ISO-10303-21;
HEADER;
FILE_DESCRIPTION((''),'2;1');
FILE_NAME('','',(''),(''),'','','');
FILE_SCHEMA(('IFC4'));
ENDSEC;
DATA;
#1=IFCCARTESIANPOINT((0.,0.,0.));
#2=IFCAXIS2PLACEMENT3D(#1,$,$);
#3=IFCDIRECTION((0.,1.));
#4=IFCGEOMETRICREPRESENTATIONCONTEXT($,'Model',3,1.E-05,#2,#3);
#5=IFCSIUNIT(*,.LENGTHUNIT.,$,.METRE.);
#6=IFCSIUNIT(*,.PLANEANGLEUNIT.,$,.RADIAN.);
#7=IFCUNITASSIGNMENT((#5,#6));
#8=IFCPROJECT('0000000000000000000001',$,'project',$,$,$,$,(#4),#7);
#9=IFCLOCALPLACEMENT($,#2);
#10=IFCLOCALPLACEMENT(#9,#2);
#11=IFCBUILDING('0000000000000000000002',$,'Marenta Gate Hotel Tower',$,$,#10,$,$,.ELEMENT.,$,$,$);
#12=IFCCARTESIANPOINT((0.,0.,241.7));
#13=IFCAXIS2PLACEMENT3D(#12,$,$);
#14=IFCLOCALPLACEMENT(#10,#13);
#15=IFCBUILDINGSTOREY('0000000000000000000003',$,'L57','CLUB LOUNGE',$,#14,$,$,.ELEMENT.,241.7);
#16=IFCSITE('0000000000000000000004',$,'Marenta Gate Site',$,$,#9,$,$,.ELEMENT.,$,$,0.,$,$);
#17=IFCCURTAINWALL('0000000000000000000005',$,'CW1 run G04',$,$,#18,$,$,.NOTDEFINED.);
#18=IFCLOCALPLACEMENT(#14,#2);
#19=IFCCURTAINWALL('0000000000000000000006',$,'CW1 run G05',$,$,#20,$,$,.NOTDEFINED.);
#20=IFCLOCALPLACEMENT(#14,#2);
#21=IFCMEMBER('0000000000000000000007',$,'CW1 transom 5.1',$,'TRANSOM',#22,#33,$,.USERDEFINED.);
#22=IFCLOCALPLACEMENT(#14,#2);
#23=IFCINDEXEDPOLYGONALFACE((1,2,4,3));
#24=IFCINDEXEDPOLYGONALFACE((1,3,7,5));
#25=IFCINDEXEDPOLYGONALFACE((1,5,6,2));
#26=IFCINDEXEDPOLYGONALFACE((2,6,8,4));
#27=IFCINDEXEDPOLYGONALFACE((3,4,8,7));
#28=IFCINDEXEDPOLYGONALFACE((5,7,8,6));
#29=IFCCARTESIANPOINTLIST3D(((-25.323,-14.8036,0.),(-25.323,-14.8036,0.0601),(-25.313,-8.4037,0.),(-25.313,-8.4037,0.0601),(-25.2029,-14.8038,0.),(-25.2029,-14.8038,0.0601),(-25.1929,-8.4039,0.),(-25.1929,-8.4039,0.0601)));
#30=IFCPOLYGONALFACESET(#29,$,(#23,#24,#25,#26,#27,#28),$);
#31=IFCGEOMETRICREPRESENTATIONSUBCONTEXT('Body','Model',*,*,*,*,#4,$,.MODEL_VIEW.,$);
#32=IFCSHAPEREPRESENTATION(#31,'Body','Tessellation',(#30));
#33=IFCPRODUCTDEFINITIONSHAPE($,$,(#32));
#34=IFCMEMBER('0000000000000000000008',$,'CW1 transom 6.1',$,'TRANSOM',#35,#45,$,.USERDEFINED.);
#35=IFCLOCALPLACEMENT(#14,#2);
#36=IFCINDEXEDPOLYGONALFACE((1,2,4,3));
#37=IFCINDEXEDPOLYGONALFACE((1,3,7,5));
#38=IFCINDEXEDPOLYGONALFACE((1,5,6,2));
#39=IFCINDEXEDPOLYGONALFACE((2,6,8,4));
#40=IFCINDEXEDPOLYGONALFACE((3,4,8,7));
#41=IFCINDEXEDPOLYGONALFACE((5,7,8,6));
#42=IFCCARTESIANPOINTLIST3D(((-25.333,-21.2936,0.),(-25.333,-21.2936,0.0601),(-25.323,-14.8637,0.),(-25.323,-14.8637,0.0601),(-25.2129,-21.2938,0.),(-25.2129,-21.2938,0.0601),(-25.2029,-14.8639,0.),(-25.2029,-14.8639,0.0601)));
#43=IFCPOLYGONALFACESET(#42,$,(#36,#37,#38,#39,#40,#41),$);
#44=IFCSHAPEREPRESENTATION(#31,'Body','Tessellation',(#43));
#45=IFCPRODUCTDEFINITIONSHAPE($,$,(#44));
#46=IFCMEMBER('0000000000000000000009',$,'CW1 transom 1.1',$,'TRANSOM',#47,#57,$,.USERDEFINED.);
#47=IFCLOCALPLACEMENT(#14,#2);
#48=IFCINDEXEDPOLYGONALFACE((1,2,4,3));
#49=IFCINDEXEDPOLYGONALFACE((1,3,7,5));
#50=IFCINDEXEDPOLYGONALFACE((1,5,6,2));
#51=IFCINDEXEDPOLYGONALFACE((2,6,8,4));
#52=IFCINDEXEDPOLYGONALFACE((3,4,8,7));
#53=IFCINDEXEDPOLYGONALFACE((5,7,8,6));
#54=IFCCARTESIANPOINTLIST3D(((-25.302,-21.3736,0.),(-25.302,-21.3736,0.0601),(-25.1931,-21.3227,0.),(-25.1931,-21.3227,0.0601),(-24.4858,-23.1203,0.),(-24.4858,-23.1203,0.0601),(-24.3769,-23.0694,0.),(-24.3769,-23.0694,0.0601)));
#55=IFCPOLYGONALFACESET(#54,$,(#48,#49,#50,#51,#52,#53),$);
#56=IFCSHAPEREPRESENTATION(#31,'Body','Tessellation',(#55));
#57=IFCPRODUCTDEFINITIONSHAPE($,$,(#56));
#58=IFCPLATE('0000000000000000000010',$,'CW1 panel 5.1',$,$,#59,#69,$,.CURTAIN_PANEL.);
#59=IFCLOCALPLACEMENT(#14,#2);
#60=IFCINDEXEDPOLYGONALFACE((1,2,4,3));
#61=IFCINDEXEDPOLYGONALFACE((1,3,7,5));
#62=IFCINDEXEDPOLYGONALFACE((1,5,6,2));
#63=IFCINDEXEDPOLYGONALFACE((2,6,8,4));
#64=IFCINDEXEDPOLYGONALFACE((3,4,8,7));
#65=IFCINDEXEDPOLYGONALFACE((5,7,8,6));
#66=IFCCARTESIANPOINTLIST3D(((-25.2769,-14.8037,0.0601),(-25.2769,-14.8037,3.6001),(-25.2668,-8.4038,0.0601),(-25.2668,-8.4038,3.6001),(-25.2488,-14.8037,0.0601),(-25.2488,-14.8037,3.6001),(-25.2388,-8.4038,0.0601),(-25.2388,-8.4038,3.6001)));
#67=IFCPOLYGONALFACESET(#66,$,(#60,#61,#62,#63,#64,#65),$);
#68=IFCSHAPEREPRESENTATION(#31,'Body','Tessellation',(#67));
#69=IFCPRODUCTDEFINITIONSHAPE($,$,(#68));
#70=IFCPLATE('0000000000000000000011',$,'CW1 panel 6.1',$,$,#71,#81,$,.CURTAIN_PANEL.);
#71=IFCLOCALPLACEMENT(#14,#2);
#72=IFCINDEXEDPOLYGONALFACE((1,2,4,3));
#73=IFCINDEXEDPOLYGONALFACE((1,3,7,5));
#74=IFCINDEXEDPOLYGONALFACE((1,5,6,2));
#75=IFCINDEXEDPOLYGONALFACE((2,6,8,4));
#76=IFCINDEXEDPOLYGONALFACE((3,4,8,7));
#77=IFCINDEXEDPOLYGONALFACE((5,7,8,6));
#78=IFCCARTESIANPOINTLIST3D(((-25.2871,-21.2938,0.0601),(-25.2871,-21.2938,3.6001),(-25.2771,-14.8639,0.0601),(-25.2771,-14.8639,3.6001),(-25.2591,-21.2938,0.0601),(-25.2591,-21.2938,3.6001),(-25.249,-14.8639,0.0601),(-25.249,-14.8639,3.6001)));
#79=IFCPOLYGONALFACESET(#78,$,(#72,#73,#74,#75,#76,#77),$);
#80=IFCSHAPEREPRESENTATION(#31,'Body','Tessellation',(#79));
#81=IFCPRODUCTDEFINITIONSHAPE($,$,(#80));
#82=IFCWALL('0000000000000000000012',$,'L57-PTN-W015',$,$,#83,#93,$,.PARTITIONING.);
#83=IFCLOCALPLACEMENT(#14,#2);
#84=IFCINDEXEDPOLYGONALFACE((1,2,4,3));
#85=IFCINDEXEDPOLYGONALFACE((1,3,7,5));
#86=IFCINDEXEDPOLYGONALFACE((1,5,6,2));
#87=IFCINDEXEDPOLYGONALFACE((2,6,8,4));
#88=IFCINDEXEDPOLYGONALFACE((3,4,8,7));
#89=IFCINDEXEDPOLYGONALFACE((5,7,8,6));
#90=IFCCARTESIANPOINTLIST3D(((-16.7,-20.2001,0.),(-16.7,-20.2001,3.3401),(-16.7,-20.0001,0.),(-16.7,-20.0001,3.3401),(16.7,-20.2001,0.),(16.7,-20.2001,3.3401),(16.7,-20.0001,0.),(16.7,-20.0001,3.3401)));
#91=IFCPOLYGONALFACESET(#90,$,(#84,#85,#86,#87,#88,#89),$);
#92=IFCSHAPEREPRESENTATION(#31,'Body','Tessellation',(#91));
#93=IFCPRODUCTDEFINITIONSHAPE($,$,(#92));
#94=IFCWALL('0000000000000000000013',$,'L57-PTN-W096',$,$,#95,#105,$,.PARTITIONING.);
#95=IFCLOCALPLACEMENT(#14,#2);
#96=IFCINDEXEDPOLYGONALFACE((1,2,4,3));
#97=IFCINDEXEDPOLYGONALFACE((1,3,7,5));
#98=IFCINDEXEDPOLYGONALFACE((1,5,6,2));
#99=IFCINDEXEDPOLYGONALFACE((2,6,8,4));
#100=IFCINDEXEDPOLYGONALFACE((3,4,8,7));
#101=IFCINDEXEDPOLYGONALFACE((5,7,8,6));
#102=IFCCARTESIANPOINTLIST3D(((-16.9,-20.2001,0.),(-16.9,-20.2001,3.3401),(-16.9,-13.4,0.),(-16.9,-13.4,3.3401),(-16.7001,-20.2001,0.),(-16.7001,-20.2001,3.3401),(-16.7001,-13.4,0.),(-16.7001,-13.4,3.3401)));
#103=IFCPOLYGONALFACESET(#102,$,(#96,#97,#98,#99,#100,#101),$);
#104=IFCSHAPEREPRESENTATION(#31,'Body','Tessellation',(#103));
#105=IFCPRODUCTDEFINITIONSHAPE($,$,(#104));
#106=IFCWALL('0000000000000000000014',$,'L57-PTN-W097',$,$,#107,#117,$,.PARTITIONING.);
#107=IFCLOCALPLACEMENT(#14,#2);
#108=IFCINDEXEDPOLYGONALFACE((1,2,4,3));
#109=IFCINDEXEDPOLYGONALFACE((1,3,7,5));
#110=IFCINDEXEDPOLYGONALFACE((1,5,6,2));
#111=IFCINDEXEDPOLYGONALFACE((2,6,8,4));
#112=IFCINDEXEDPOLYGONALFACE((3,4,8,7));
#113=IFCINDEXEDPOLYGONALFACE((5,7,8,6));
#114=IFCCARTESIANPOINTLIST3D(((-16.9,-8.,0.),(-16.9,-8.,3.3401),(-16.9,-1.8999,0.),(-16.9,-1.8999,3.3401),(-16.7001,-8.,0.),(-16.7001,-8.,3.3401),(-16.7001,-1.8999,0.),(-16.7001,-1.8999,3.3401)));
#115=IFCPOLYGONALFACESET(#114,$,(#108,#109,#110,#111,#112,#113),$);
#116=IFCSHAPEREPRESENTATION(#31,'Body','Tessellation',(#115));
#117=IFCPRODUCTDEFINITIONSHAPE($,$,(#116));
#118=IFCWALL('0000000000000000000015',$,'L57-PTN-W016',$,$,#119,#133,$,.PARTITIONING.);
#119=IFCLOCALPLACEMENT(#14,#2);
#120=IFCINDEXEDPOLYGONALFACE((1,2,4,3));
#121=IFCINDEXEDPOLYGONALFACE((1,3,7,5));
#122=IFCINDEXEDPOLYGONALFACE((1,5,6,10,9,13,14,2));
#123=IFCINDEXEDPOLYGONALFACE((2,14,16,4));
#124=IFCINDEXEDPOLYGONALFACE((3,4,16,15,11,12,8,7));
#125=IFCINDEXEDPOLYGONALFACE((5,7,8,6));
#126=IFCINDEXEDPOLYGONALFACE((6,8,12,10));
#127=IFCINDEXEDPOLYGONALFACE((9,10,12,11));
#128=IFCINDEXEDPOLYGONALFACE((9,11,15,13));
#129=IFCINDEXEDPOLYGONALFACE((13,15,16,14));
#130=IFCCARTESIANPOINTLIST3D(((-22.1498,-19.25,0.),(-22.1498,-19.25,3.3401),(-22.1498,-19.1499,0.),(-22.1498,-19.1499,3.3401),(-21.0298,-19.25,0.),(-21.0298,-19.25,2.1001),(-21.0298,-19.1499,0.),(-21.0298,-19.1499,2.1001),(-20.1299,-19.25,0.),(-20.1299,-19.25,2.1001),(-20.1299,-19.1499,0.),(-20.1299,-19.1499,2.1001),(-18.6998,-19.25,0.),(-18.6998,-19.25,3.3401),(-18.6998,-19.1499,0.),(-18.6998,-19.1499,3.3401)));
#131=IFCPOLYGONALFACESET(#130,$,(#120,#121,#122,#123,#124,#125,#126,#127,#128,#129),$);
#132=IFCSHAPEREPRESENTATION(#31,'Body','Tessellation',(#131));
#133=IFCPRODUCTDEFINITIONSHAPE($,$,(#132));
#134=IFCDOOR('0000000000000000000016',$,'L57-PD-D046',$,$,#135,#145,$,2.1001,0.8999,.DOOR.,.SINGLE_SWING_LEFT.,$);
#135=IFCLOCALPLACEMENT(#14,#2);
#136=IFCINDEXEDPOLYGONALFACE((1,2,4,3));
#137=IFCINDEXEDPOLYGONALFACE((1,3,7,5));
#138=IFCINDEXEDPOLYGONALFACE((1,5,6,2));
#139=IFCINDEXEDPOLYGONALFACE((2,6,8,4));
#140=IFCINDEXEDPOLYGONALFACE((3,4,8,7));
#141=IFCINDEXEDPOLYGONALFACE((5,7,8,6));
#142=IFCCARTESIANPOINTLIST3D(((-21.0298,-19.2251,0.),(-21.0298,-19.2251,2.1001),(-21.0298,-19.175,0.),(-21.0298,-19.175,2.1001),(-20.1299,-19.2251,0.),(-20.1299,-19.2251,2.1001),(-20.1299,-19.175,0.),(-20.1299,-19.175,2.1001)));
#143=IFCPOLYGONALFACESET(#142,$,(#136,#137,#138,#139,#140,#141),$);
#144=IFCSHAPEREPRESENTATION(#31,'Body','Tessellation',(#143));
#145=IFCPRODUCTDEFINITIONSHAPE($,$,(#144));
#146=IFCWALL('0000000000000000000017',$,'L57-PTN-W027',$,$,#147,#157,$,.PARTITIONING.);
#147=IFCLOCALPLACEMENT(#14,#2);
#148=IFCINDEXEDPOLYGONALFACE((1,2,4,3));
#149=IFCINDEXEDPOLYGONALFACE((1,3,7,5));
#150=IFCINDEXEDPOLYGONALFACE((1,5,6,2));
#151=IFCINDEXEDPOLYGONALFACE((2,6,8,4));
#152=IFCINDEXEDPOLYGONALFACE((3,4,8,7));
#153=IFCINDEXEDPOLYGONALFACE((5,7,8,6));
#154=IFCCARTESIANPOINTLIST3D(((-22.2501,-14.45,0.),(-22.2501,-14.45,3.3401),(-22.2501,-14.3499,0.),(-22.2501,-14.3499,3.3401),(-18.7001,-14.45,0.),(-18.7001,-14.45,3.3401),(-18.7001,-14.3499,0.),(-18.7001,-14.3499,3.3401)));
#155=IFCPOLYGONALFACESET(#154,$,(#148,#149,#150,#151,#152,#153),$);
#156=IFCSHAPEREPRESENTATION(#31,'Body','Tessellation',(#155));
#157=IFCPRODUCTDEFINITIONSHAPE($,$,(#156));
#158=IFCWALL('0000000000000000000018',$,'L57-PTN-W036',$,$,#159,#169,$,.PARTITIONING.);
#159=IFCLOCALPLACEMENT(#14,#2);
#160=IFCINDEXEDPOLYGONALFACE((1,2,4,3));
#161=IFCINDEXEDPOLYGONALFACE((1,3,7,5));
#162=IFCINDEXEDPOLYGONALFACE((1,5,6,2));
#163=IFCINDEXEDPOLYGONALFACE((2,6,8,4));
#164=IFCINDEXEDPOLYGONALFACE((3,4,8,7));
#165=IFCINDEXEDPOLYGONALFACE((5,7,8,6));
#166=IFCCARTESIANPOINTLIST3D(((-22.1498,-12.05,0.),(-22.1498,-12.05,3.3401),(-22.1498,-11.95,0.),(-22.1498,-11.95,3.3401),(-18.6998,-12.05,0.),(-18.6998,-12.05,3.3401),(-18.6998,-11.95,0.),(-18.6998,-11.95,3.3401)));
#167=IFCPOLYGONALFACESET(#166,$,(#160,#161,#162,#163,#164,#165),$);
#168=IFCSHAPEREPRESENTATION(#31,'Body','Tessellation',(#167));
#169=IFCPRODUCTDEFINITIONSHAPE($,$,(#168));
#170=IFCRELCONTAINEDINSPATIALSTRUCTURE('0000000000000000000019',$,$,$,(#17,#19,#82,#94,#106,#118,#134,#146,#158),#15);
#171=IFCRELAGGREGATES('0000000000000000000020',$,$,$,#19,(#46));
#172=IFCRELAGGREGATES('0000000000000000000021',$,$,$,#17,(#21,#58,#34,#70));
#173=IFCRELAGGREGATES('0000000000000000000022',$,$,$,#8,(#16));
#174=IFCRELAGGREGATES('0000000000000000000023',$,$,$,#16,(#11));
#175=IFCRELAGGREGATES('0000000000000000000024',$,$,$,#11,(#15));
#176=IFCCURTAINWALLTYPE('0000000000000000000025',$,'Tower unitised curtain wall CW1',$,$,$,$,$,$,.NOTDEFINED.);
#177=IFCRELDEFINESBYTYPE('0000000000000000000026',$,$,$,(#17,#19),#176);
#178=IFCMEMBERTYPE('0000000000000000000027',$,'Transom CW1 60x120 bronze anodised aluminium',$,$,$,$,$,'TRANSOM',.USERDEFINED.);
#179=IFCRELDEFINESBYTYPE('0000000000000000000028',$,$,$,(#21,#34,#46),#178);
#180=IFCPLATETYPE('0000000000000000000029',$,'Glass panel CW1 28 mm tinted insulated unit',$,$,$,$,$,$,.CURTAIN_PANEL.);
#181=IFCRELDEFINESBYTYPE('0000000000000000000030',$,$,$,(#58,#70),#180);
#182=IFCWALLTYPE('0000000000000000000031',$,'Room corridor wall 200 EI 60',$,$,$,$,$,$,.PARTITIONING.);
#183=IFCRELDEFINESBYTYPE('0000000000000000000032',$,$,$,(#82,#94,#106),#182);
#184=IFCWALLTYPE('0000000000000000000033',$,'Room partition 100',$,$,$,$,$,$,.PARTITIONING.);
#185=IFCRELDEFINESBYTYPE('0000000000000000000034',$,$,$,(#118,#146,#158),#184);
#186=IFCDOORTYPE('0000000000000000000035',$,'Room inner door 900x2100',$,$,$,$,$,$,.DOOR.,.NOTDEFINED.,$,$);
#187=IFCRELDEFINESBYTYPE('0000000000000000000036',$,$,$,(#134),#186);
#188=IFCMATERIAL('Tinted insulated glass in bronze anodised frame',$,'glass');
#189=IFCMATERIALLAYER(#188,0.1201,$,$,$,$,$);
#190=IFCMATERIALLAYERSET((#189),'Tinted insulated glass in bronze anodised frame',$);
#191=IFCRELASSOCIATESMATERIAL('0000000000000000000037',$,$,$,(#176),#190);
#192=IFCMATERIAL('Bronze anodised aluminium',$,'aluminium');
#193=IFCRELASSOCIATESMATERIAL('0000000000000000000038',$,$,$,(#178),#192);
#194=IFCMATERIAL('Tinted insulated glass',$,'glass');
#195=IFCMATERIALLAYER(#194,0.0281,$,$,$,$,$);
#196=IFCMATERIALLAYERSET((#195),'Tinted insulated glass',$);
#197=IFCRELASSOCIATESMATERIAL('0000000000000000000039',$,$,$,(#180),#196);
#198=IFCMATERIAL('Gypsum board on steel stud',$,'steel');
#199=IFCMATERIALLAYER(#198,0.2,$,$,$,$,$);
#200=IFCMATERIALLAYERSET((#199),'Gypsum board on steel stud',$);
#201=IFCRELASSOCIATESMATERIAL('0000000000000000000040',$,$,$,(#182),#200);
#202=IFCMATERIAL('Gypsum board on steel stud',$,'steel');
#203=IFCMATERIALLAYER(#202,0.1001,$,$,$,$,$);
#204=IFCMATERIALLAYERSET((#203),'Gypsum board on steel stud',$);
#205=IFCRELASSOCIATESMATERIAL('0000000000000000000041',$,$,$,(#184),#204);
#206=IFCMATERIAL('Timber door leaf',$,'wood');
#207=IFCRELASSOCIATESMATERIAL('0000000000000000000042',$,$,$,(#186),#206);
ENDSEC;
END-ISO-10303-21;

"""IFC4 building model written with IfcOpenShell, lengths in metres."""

from ifc_helpers import new_model, si_unit, direction, frame, frame_2d, origin, origin_2d, place, context, subcontext, project, spatial, rectangle, extrude, material, layer, layer_set, material_profile, profile_set, type_object, element, fill, aggregate, save


model = new_model("IFC4")

# Units and contexts
model_context = context("Model", 3, precision=1e-05, world=origin(), true_north=direction((0.0, 1.0)))
body_context = subcontext(model_context, "Body", "Model", "MODEL_VIEW")
ifc_project = project(units=[si_unit("LENGTHUNIT", "METRE"), si_unit("PLANEANGLEUNIT", "RADIAN")], contexts=[model_context])

# Site, building, storey
site_placement = place(None, origin())
site = spatial("IfcSite", under=ifc_project, at=site_placement, Name="Marenta Gate Site", CompositionType="ELEMENT", RefElevation=0.0)
building_placement = place(site_placement, origin())
building = spatial("IfcBuilding", under=site, at=building_placement, Name="Marenta Gate Hotel Tower", CompositionType="ELEMENT")
storey_placement = place(building_placement, frame((0.0, 0.0, 241.7)))
storey = spatial("IfcBuildingStorey", under=building, at=storey_placement, Name="L57", Description="CLUB LOUNGE", CompositionType="ELEMENT", Elevation=241.7)

# Curtain wall
ifc_material_1 = material(Name="Tinted insulated glass in bronze anodised frame", Category="glass")
ifc_layer_1 = layer(ifc_material_1, 0.1201)
ifc_layer_set_1 = layer_set([ifc_layer_1], Name="Tinted insulated glass in bronze anodised frame")
curtain_wall_type = type_object("IfcCurtainWallType", Name="Tower unitised curtain wall CW1", PredefinedType="NOTDEFINED", material=ifc_layer_set_1)
curtain_wall_1_placement = place(storey_placement, origin())
curtain_wall_1 = element("IfcCurtainWall", 1, at=curtain_wall_1_placement, inside=storey, type_object=curtain_wall_type, Name="CW1 run G04", PredefinedType="NOTDEFINED")

# Curtain wall
curtain_wall_2_placement = place(storey_placement, origin())
curtain_wall_2 = element("IfcCurtainWall", 2, at=curtain_wall_2_placement, inside=storey, type_object=curtain_wall_type, Name="CW1 run G05", PredefinedType="NOTDEFINED")

# Members
ifc_material_2 = material(Name="Bronze anodised aluminium", Category="aluminium")
ifc_material_profile_1 = material_profile(ifc_material_2, rectangle(XDim=0.1201, YDim=0.0601, at=origin_2d()), Name="Transom CW1 60x120 bronze anodised aluminium")
ifc_profile_set_1 = profile_set([ifc_material_profile_1], Name="Bronze anodised aluminium")
member_type_1 = type_object("IfcMemberType", Name="Transom CW1 60x120 bronze anodised aluminium", ElementType="TRANSOM", PredefinedType="USERDEFINED", material=ifc_profile_set_1)
member_1_placement = place(storey_placement, frame((-25.2529, -8.4038, 0.03), z_axis=(-0.001564, -0.999999, 0.0), x_axis=(0.999999, -0.001564, 0.0)))
member_1 = element("IfcMember", 3, at=member_1_placement, type_object=member_type_1, Name="CW1 transom 5.1", ObjectType="TRANSOM", PredefinedType="USERDEFINED", context=body_context, shape_type="SweptSolid", body=[
    extrude(rectangle(XDim=0.1201, YDim=0.0601, at=origin_2d()), origin(), (0.0, 0.0, 1.0), 6.3999),
])
member_2_placement = place(storey_placement, frame((-25.2629, -14.8638, 0.03), z_axis=(-0.001557, -0.999999, 0.0), x_axis=(0.999999, -0.001557, 0.0)))
member_2 = element("IfcMember", 4, at=member_2_placement, type_object=member_type_1, Name="CW1 transom 6.1", ObjectType="TRANSOM", PredefinedType="USERDEFINED", context=body_context, shape_type="SweptSolid", body=[
    extrude(rectangle(XDim=0.1201, YDim=0.0601, at=origin_2d()), origin(), (0.0, 0.0, 1.0), 6.4299),
])
member_3_placement = place(storey_placement, frame((-25.2476, -21.3481, 0.03), z_axis=(0.42335, -0.905966, 0.0), x_axis=(0.905966, 0.42335, 0.0)))
member_3 = element("IfcMember", 5, at=member_3_placement, type_object=member_type_1, Name="CW1 transom 1.1", ObjectType="TRANSOM", PredefinedType="USERDEFINED", context=body_context, shape_type="SweptSolid", body=[
    extrude(rectangle(XDim=0.1201, YDim=0.0601, at=origin_2d()), origin(), (0.0, 0.0, 1.0), 1.928),
])
aggregate(curtain_wall_2, [member_3])

# Plates
ifc_material_3 = material(Name="Tinted insulated glass", Category="glass")
ifc_layer_2 = layer(ifc_material_3, 0.0281)
ifc_layer_set_2 = layer_set([ifc_layer_2], Name="Tinted insulated glass")
plate_type = type_object("IfcPlateType", Name="Glass panel CW1 28 mm tinted insulated unit", PredefinedType="CURTAIN_PANEL", material=ifc_layer_set_2)
plate_1_placement = place(storey_placement, frame((-25.2578, -11.6038, 0.0601), z_axis=(0.0, 0.0, 1.0), x_axis=(-0.001566, -0.999999, 0.0)))
plate_1 = element("IfcPlate", 6, at=plate_1_placement, type_object=plate_type, Name="CW1 panel 5.1", PredefinedType="CURTAIN_PANEL", context=body_context, shape_type="SweptSolid", body=[
    extrude(rectangle(XDim=6.3999, YDim=0.0281, at=origin_2d()), origin(), (0.0, 0.0, 1.0), 3.54),
])
plate_2_placement = place(storey_placement, frame((-25.2681, -18.0789, 0.0601), z_axis=(0.0, 0.0, 1.0), x_axis=(-0.001566, -0.999999, 0.0)))
plate_2 = element("IfcPlate", 7, at=plate_2_placement, type_object=plate_type, Name="CW1 panel 6.1", PredefinedType="CURTAIN_PANEL", context=body_context, shape_type="SweptSolid", body=[
    extrude(rectangle(XDim=6.4299, YDim=0.0281, at=origin_2d()), origin(), (0.0, 0.0, 1.0), 3.54),
])
aggregate(curtain_wall_1, [member_1, plate_1, member_2, plate_2])

# Walls
ifc_material_4 = material(Name="Gypsum board on steel stud", Category="steel")
ifc_layer_3 = layer(ifc_material_4, 0.2)
ifc_layer_set_3 = layer_set([ifc_layer_3], Name="Gypsum board on steel stud")
wall_type_1 = type_object("IfcWallType", Name="Room corridor wall 200 EI 60", PredefinedType="PARTITIONING", material=ifc_layer_set_3)
wall_1_placement = place(storey_placement, frame((-16.7, -20.1001, 0.0), z_axis=(0.0, 0.0, 1.0), x_axis=(1.0, 0.0, 0.0)))
element("IfcWall", 8, at=wall_1_placement, inside=storey, type_object=wall_type_1, Name="L57-PTN-W015", PredefinedType="PARTITIONING", context=body_context, shape_type="SweptSolid", body=[
    extrude(rectangle(XDim=33.3999, YDim=0.2, at=frame_2d((16.7, 0.0))), origin(), (0.0, 0.0, 1.0), 3.3401),
])
wall_2_placement = place(storey_placement, frame((-16.8, -20.2, 0.0), z_axis=(0.0, 0.0, 1.0), x_axis=(0.0, 1.0, 0.0)))
element("IfcWall", 9, at=wall_2_placement, inside=storey, type_object=wall_type_1, Name="L57-PTN-W096", PredefinedType="PARTITIONING", context=body_context, shape_type="SweptSolid", body=[
    extrude(rectangle(XDim=6.8, YDim=0.2, at=frame_2d((3.3999, 0.0))), origin(), (0.0, 0.0, 1.0), 3.3401),
])
wall_3_placement = place(storey_placement, frame((-16.8, -8.0, 0.0), z_axis=(0.0, 0.0, 1.0), x_axis=(0.0, 1.0, 0.0)))
element("IfcWall", 10, at=wall_3_placement, inside=storey, type_object=wall_type_1, Name="L57-PTN-W097", PredefinedType="PARTITIONING", context=body_context, shape_type="SweptSolid", body=[
    extrude(rectangle(XDim=6.1001, YDim=0.2, at=frame_2d((3.05, 0.0))), origin(), (0.0, 0.0, 1.0), 3.3401),
])

# Wall, opening, door
ifc_material_5 = material(Name="Gypsum board on steel stud", Category="steel")
ifc_layer_4 = layer(ifc_material_5, 0.1001)
ifc_layer_set_4 = layer_set([ifc_layer_4], Name="Gypsum board on steel stud")
wall_type_2 = type_object("IfcWallType", Name="Room partition 100", PredefinedType="PARTITIONING", material=ifc_layer_set_4)
wall_4_placement = place(storey_placement, frame((-22.1499, -19.2, 0.0), z_axis=(0.0, 0.0, 1.0), x_axis=(1.0, 0.0, 0.0)))
wall_4 = element("IfcWall", 11, at=wall_4_placement, inside=storey, type_object=wall_type_2, Name="L57-PTN-W016", PredefinedType="PARTITIONING", context=body_context, shape_type="SweptSolid", body=[
    extrude(rectangle(XDim=3.45, YDim=0.1001, at=frame_2d((1.7251, 0.0))), origin(), (0.0, 0.0, 1.0), 3.3401),
])
opening_1_placement = place(wall_4_placement, frame((1.1201, 0.0, 0.0)))
opening_1 = element("IfcOpeningElement", 12, at=opening_1_placement, cuts=wall_4, PredefinedType="OPENING", context=body_context, shape_type="SweptSolid", body=[
    extrude(rectangle(XDim=0.8999, YDim=2.1001, at=frame_2d((0.45, 1.05))), frame((0.0, 0.05, 0.0), z_axis=(0.0, -1.0, 0.0), x_axis=(1.0, 0.0, 0.0)), (0.0, 0.0, 1.0), 0.1001),
])
ifc_material_6 = material(Name="Timber door leaf", Category="wood")
door_type_1 = type_object("IfcDoorType", Name="Room inner door 900x2100", OperationType="NOTDEFINED", PredefinedType="DOOR", material=ifc_material_6)
door_1_placement = place(opening_1_placement, origin())
door_1 = element("IfcDoor", 13, at=door_1_placement, inside=storey, type_object=door_type_1, Name="L57-PD-D046", OperationType="SINGLE_SWING_LEFT", OverallHeight=2.1001, OverallWidth=0.8999, PredefinedType="DOOR", context=body_context, shape_type="SweptSolid", body=[
    extrude(rectangle(XDim=0.8999, YDim=2.1001, at=frame_2d((0.45, 1.05))), frame((0.0, 0.0249, 0.0), z_axis=(0.0, -1.0, 0.0), x_axis=(1.0, 0.0, 0.0)), (0.0, 0.0, 1.0), 0.05),
])
fill(opening_1, door_1)

# Walls
wall_5_placement = place(storey_placement, frame((-22.25, -14.3999, 0.0), z_axis=(0.0, 0.0, 1.0), x_axis=(1.0, 0.0, 0.0)))
element("IfcWall", 14, at=wall_5_placement, inside=storey, type_object=wall_type_2, Name="L57-PTN-W027", PredefinedType="PARTITIONING", context=body_context, shape_type="SweptSolid", body=[
    extrude(rectangle(XDim=3.55, YDim=0.1001, at=frame_2d((1.7749, 0.0))), origin(), (0.0, 0.0, 1.0), 3.3401),
])
wall_6_placement = place(storey_placement, frame((-22.1499, -12.0, 0.0), z_axis=(0.0, 0.0, 1.0), x_axis=(1.0, 0.0, 0.0)))
element("IfcWall", 15, at=wall_6_placement, inside=storey, type_object=wall_type_2, Name="L57-PTN-W036", PredefinedType="PARTITIONING", context=body_context, shape_type="SweptSolid", body=[
    extrude(rectangle(XDim=3.45, YDim=0.1001, at=frame_2d((1.7251, 0.0))), origin(), (0.0, 0.0, 1.0), 3.3401),
])

save(model, "model.ifc")
